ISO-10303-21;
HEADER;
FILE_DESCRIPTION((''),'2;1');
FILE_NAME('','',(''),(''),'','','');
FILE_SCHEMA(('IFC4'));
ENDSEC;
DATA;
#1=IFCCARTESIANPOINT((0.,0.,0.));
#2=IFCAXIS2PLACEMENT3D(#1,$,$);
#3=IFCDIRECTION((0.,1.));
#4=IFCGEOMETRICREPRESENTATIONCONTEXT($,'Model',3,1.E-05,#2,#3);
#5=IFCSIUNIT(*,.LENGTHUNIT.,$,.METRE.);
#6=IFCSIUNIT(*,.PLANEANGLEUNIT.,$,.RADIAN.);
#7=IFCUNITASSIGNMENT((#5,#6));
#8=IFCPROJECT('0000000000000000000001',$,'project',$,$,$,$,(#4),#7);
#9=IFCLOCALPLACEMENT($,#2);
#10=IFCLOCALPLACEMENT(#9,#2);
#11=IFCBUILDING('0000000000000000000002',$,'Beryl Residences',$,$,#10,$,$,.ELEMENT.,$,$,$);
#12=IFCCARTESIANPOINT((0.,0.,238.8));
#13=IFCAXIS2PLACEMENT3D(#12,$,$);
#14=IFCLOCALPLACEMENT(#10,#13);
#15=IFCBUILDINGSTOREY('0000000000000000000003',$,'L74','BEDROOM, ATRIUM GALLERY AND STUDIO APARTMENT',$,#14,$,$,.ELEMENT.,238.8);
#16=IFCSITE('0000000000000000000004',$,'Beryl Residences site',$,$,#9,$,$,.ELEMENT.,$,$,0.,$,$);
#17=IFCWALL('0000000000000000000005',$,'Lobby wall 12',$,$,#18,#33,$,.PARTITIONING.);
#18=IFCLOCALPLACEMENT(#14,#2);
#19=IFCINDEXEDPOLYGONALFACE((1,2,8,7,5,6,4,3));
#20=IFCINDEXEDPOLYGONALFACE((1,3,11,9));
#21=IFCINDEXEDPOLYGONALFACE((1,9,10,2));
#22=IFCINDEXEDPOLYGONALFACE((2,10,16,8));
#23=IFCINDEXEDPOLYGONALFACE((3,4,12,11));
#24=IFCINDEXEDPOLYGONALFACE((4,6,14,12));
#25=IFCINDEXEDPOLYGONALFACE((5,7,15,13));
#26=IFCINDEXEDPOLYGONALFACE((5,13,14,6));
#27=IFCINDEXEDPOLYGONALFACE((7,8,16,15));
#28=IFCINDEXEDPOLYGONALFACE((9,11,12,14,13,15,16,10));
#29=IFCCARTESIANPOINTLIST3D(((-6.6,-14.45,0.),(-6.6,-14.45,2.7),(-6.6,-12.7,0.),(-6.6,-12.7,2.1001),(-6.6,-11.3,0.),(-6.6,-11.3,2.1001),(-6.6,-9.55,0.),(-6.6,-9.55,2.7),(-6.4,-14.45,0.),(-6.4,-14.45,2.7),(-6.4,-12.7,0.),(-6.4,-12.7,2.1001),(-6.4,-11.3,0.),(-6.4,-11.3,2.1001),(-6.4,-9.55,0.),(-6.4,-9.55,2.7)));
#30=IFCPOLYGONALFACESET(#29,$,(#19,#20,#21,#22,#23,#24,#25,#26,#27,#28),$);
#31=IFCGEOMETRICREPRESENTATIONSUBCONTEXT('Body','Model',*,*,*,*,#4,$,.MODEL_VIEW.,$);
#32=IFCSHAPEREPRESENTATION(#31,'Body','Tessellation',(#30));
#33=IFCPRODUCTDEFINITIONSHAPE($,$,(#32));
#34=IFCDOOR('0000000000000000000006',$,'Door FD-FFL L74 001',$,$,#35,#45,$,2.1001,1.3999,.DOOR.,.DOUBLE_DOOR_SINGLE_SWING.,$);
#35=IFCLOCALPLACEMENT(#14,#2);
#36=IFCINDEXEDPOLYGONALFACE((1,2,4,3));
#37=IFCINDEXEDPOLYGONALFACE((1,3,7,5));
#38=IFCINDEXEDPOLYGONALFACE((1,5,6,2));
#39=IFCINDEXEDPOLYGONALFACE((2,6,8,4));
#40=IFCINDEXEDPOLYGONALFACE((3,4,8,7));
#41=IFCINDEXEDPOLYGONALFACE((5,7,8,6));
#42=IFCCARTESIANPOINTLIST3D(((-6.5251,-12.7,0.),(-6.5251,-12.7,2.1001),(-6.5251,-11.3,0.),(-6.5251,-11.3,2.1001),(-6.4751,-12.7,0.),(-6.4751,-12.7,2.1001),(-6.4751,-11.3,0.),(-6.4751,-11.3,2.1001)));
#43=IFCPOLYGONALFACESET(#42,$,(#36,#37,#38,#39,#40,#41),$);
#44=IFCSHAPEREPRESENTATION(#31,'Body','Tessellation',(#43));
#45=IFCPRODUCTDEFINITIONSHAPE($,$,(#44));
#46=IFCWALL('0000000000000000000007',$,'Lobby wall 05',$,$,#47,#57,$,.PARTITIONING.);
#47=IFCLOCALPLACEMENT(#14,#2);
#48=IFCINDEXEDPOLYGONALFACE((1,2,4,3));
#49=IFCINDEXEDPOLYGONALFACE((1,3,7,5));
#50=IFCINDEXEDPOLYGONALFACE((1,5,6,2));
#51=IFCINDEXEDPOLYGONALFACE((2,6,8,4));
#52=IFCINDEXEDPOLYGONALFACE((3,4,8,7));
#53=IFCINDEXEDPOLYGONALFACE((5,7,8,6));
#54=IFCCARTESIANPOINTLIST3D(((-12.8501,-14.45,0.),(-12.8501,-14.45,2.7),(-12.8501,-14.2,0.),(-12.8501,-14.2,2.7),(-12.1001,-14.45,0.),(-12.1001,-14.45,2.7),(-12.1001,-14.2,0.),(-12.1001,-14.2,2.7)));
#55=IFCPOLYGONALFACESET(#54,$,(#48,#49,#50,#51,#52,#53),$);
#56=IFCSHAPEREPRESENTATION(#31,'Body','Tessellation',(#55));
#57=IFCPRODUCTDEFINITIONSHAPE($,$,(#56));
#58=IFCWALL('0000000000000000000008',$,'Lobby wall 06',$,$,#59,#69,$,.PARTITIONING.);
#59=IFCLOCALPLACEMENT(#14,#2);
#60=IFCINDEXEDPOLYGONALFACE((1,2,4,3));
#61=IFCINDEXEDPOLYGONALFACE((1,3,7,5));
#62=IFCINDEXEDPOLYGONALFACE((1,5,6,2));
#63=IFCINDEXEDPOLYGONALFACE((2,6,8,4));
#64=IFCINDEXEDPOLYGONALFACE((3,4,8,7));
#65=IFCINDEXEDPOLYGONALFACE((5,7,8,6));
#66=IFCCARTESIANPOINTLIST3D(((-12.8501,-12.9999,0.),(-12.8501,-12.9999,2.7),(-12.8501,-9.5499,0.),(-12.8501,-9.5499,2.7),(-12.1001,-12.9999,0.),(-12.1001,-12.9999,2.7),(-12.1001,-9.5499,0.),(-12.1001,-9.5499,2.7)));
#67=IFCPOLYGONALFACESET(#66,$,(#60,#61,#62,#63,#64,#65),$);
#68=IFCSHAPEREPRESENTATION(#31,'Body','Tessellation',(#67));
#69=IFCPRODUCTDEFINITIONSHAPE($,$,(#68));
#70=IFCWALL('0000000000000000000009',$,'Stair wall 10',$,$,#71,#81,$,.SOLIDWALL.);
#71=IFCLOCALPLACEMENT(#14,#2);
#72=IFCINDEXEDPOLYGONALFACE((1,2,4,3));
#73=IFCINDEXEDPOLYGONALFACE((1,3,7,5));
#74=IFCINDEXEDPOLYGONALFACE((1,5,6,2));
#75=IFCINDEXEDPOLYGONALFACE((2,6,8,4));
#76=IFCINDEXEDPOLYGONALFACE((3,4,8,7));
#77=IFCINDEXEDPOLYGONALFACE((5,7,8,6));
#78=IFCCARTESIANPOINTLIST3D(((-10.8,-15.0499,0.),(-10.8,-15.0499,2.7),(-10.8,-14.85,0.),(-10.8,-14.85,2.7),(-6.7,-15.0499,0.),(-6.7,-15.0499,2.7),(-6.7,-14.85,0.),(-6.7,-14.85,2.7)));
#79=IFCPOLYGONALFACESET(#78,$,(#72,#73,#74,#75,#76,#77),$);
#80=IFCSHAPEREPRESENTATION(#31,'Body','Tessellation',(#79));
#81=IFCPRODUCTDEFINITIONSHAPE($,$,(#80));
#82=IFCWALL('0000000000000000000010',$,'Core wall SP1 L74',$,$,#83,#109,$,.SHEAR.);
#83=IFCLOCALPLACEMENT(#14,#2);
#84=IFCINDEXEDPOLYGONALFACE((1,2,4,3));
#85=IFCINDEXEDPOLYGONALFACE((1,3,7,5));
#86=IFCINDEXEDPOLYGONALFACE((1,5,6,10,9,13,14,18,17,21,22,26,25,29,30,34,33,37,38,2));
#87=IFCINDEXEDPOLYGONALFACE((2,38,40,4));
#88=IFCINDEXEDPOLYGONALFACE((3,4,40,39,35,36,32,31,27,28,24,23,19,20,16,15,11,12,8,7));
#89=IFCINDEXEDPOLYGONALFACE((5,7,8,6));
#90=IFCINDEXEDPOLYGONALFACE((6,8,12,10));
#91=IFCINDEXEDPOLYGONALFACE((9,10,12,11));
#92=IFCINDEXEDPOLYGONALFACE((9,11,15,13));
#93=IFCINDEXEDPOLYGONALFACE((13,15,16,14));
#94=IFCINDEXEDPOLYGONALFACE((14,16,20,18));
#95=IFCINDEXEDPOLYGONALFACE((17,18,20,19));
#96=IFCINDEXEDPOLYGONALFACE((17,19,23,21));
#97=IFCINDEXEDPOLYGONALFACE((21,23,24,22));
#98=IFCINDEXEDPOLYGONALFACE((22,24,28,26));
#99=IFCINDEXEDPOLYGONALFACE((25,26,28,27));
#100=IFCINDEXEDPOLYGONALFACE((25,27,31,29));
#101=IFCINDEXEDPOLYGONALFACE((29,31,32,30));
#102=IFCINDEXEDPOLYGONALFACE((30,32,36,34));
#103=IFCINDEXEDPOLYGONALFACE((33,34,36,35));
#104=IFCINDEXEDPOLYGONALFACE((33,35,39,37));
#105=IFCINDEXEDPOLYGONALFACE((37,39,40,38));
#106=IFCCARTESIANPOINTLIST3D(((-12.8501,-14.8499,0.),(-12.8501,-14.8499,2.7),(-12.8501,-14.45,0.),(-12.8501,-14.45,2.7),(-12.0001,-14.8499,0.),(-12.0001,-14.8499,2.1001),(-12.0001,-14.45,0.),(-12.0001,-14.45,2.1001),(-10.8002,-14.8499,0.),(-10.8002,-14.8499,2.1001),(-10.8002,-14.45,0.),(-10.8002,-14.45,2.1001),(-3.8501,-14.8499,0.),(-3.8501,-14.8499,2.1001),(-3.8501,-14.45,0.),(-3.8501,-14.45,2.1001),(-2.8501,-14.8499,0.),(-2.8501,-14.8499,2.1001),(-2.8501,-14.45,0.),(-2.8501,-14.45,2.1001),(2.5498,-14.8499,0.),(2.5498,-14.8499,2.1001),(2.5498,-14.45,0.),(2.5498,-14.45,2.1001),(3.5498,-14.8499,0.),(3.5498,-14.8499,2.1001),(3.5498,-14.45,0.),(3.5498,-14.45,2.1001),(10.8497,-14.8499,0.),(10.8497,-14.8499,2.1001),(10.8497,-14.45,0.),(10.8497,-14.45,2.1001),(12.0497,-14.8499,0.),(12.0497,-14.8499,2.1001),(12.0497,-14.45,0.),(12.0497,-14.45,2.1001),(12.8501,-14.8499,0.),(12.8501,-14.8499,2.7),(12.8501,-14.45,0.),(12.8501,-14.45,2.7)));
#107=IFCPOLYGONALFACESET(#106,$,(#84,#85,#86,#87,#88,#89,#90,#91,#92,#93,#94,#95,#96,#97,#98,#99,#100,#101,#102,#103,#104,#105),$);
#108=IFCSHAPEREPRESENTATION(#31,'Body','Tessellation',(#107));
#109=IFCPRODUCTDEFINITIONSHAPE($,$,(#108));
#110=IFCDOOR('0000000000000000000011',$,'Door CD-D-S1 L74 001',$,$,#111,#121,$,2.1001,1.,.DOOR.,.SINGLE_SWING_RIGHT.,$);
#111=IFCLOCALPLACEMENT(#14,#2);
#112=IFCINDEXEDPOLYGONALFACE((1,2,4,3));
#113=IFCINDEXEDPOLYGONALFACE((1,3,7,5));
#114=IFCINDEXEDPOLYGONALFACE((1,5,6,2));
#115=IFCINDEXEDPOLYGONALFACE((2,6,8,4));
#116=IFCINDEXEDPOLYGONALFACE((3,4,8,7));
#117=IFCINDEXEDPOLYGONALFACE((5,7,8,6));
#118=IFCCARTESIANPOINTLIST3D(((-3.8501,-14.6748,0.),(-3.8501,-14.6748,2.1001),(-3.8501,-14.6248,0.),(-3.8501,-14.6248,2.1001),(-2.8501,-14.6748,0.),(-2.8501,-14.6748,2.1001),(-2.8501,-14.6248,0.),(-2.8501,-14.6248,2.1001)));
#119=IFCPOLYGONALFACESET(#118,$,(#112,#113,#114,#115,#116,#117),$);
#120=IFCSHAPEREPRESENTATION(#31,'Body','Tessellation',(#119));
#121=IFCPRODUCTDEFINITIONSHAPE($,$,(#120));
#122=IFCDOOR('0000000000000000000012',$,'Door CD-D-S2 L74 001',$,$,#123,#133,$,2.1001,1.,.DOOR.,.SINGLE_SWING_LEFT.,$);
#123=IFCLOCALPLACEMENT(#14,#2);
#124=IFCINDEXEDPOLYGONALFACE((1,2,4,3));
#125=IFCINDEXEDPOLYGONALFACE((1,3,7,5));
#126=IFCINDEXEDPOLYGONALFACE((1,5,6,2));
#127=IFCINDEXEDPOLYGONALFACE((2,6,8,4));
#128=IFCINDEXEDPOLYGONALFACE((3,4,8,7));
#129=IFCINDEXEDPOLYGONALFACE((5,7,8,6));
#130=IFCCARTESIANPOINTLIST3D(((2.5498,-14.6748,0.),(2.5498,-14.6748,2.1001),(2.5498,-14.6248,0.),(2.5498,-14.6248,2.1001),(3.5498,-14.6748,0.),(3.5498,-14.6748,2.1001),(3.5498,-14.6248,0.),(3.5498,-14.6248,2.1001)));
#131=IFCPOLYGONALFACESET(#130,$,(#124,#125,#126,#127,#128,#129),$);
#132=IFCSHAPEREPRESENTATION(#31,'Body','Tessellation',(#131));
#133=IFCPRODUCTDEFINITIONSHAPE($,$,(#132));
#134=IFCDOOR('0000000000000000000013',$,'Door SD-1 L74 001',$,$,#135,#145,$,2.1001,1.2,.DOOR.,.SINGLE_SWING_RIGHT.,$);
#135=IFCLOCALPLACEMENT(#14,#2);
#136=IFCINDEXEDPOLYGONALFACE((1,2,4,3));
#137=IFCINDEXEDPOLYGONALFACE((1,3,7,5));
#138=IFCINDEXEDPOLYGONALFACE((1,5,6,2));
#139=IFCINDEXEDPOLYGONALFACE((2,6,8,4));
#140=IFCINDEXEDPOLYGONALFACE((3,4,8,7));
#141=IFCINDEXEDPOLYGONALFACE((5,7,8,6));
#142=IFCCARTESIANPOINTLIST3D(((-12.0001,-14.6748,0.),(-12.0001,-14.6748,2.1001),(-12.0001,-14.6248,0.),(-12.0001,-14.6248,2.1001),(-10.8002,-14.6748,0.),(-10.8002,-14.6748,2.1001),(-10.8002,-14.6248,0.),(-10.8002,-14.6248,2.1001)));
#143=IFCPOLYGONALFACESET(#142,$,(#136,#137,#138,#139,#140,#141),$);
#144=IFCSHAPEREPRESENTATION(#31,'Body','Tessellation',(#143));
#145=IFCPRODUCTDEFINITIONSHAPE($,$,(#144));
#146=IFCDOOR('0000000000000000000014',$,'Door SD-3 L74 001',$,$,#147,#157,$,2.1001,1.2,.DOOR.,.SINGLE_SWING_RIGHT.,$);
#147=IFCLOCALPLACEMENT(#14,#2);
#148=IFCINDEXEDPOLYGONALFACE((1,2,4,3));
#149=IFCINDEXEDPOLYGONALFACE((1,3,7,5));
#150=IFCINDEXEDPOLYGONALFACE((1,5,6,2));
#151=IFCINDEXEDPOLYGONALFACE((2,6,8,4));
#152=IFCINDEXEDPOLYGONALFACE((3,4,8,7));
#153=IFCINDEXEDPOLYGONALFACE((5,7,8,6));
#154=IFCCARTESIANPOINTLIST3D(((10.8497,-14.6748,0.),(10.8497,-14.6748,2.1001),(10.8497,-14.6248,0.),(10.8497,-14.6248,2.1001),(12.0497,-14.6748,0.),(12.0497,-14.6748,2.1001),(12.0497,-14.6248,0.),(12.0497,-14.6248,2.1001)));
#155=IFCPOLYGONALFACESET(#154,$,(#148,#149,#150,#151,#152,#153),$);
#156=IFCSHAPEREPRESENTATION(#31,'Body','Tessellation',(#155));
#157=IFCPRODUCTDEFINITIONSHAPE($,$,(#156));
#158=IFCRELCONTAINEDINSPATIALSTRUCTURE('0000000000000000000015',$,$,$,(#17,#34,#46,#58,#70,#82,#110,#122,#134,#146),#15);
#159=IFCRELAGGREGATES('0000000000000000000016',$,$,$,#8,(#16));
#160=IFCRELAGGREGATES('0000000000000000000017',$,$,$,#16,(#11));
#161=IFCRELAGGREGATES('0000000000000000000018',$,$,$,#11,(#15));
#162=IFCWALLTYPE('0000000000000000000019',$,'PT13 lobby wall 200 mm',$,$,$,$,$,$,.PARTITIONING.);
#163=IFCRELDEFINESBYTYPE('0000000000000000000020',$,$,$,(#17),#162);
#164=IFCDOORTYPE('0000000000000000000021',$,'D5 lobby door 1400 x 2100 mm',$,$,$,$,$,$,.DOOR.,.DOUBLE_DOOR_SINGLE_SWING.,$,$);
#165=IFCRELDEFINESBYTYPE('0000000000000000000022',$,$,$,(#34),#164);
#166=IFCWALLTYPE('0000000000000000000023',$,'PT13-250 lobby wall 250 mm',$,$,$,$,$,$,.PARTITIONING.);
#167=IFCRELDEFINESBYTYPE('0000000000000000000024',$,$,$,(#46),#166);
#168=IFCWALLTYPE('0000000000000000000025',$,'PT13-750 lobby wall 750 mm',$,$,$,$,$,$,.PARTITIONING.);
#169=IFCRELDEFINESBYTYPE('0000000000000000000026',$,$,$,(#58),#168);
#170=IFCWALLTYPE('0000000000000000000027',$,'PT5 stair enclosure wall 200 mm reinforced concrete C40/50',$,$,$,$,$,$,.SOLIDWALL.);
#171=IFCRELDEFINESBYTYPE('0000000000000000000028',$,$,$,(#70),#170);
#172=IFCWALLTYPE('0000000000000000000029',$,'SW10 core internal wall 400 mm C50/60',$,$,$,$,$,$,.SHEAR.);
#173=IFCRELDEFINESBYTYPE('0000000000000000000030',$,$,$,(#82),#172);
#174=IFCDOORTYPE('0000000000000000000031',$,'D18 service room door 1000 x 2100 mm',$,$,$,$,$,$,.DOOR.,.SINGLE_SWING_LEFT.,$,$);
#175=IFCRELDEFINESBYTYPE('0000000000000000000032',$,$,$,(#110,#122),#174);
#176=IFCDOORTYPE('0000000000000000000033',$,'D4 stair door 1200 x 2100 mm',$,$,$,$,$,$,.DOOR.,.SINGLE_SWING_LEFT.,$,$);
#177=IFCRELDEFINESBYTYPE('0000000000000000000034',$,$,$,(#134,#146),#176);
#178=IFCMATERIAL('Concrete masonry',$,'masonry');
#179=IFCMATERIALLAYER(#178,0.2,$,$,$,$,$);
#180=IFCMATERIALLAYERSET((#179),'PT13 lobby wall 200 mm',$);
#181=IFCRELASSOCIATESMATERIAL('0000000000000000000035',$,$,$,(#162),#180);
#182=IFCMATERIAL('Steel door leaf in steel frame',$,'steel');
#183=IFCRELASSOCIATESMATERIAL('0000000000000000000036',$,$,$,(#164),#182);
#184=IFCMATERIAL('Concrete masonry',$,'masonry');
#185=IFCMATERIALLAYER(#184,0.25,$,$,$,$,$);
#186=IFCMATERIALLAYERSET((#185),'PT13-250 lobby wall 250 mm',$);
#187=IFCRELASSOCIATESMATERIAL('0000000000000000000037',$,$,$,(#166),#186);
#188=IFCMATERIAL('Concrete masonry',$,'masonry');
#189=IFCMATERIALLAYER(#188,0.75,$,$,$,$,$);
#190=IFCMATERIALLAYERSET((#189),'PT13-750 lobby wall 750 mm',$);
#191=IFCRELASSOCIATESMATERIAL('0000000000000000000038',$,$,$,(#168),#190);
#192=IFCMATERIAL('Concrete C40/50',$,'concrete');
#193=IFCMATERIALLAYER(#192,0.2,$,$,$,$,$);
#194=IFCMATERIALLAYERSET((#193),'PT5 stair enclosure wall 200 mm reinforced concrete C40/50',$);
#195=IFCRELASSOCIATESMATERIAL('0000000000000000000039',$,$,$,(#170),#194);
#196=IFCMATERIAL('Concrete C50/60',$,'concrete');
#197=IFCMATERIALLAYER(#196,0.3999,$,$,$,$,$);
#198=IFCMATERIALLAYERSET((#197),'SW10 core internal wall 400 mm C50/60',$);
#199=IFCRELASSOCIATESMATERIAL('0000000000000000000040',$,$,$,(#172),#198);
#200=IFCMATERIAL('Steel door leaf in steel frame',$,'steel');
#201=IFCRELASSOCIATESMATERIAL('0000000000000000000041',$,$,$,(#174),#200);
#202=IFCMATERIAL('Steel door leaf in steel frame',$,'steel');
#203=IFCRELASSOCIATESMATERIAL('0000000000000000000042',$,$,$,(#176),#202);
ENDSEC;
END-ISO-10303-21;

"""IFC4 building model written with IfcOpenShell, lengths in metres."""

from ifc_helpers import new_model, si_unit, direction, frame, frame_2d, origin, place, context, subcontext, project, spatial, rectangle, extrude, material, layer, layer_set, type_object, element, fill, save


model = new_model("IFC4")

# Units and contexts
model_context = context("Model", 3, precision=1e-05, world=origin(), true_north=direction((0.0, 1.0)))
body_context = subcontext(model_context, "Body", "Model", "MODEL_VIEW")
ifc_project = project(units=[si_unit("LENGTHUNIT", "METRE"), si_unit("PLANEANGLEUNIT", "RADIAN")], contexts=[model_context])

# Site, building, storey
site_placement = place(None, origin())
site = spatial("IfcSite", under=ifc_project, at=site_placement, Name="Beryl Residences site", CompositionType="ELEMENT", RefElevation=0.0)
building_placement = place(site_placement, origin())
building = spatial("IfcBuilding", under=site, at=building_placement, Name="Beryl Residences", CompositionType="ELEMENT")
storey_placement = place(building_placement, frame((0.0, 0.0, 238.8)))
storey = spatial("IfcBuildingStorey", under=building, at=storey_placement, Name="L74", Description="BEDROOM, ATRIUM GALLERY AND STUDIO APARTMENT", CompositionType="ELEMENT", Elevation=238.8)

# Wall, opening, door
ifc_material_1 = material(Name="Concrete masonry", Category="masonry")
ifc_layer_1 = layer(ifc_material_1, 0.2)
ifc_layer_set_1 = layer_set([ifc_layer_1], Name="PT13 lobby wall 200 mm")
wall_type_1 = type_object("IfcWallType", Name="PT13 lobby wall 200 mm", PredefinedType="PARTITIONING", material=ifc_layer_set_1)
wall_1_placement = place(storey_placement, frame((-6.5, -14.45, 0.0), z_axis=(0.0, 0.0, 1.0), x_axis=(0.0, 1.0, 0.0)))
wall_1 = element("IfcWall", 1, at=wall_1_placement, inside=storey, type_object=wall_type_1, Name="Lobby wall 12", PredefinedType="PARTITIONING", context=body_context, shape_type="SweptSolid", body=[
    extrude(rectangle(XDim=4.8999, YDim=0.2, at=frame_2d((2.45, 0.0))), origin(), (0.0, 0.0, 1.0), 2.7),
])
opening_1_placement = place(wall_1_placement, frame((3.1499, 0.0, 0.0), z_axis=(0.0, 0.0, 1.0), x_axis=(-1.0, 0.0, 0.0)))
opening_1 = element("IfcOpeningElement", 2, at=opening_1_placement, cuts=wall_1, PredefinedType="OPENING", context=body_context, shape_type="SweptSolid", body=[
    extrude(rectangle(XDim=1.3999, YDim=2.1001, at=frame_2d((0.7, 1.05))), frame((0.0, 0.1099, 0.0), z_axis=(0.0, -1.0, 0.0), x_axis=(1.0, 0.0, 0.0)), (0.0, 0.0, 1.0), 0.22),
])
ifc_material_2 = material(Name="Steel door leaf in steel frame", Category="steel")
door_type_1 = type_object("IfcDoorType", Name="D5 lobby door 1400 x 2100 mm", OperationType="DOUBLE_DOOR_SINGLE_SWING", PredefinedType="DOOR", material=ifc_material_2)
door_1_placement = place(opening_1_placement, origin())
door_1 = element("IfcDoor", 3, at=door_1_placement, inside=storey, type_object=door_type_1, Name="Door FD-FFL L74 001", OperationType="DOUBLE_DOOR_SINGLE_SWING", OverallHeight=2.1001, OverallWidth=1.3999, PredefinedType="DOOR", context=body_context, shape_type="SweptSolid", body=[
    extrude(rectangle(XDim=1.3999, YDim=2.1001, at=frame_2d((0.7, 1.05))), frame((0.0, 0.0249, 0.0), z_axis=(0.0, -1.0, 0.0), x_axis=(1.0, 0.0, 0.0)), (0.0, 0.0, 1.0), 0.05),
])
fill(opening_1, door_1)

# Walls
ifc_material_3 = material(Name="Concrete masonry", Category="masonry")
ifc_layer_2 = layer(ifc_material_3, 0.25)
ifc_layer_set_2 = layer_set([ifc_layer_2], Name="PT13-250 lobby wall 250 mm")
wall_type_2 = type_object("IfcWallType", Name="PT13-250 lobby wall 250 mm", PredefinedType="PARTITIONING", material=ifc_layer_set_2)
wall_2_placement = place(storey_placement, frame((-12.8501, -14.325, 0.0), z_axis=(0.0, 0.0, 1.0), x_axis=(1.0, 0.0, 0.0)))
element("IfcWall", 4, at=wall_2_placement, inside=storey, type_object=wall_type_2, Name="Lobby wall 05", PredefinedType="PARTITIONING", context=body_context, shape_type="SweptSolid", body=[
    extrude(rectangle(XDim=0.75, YDim=0.25, at=frame_2d((0.375, 0.0))), origin(), (0.0, 0.0, 1.0), 2.7),
])
ifc_material_4 = material(Name="Concrete masonry", Category="masonry")
ifc_layer_3 = layer(ifc_material_4, 0.75)
ifc_layer_set_3 = layer_set([ifc_layer_3], Name="PT13-750 lobby wall 750 mm")
wall_type_3 = type_object("IfcWallType", Name="PT13-750 lobby wall 750 mm", PredefinedType="PARTITIONING", material=ifc_layer_set_3)
wall_3_placement = place(storey_placement, frame((-12.4751, -13.0, 0.0), z_axis=(0.0, 0.0, 1.0), x_axis=(0.0, 1.0, 0.0)))
element("IfcWall", 5, at=wall_3_placement, inside=storey, type_object=wall_type_3, Name="Lobby wall 06", PredefinedType="PARTITIONING", context=body_context, shape_type="SweptSolid", body=[
    extrude(rectangle(XDim=3.45, YDim=0.75, at=frame_2d((1.7251, 0.0))), origin(), (0.0, 0.0, 1.0), 2.7),
])
ifc_material_5 = material(Name="Concrete C40/50", Category="concrete")
ifc_layer_4 = layer(ifc_material_5, 0.2)
ifc_layer_set_4 = layer_set([ifc_layer_4], Name="PT5 stair enclosure wall 200 mm reinforced concrete C40/50")
wall_type_4 = type_object("IfcWallType", Name="PT5 stair enclosure wall 200 mm reinforced concrete C40/50", PredefinedType="SOLIDWALL", material=ifc_layer_set_4)
wall_4_placement = place(storey_placement, frame((-10.8, -14.95, 0.0), z_axis=(0.0, 0.0, 1.0), x_axis=(1.0, 0.0, 0.0)))
element("IfcWall", 6, at=wall_4_placement, inside=storey, type_object=wall_type_4, Name="Stair wall 10", PredefinedType="SOLIDWALL", context=body_context, shape_type="SweptSolid", body=[
    extrude(rectangle(XDim=4.1001, YDim=0.2, at=frame_2d((2.05, 0.0))), origin(), (0.0, 0.0, 1.0), 2.7),
])

# Wall, openings, doors
ifc_material_6 = material(Name="Concrete C50/60", Category="concrete")
ifc_layer_5 = layer(ifc_material_6, 0.3999)
ifc_layer_set_5 = layer_set([ifc_layer_5], Name="SW10 core internal wall 400 mm C50/60")
wall_type_5 = type_object("IfcWallType", Name="SW10 core internal wall 400 mm C50/60", PredefinedType="SHEAR", material=ifc_layer_set_5)
wall_5_placement = place(storey_placement, frame((-12.8501, -14.6499, 0.0), z_axis=(0.0, 0.0, 1.0), x_axis=(1.0, 0.0, 0.0)))
wall_5 = element("IfcWall", 7, at=wall_5_placement, inside=storey, type_object=wall_type_5, Name="Core wall SP1 L74", PredefinedType="SHEAR", context=body_context, shape_type="SweptSolid", body=[
    extrude(rectangle(XDim=25.7002, YDim=0.3999, at=frame_2d((12.8501, 0.0))), origin(), (0.0, 0.0, 1.0), 2.7),
])
opening_2_placement = place(wall_5_placement, frame((2.05, 0.0, 0.0), z_axis=(0.0, 0.0, 1.0), x_axis=(-1.0, 0.0, 0.0)))
opening_2 = element("IfcOpeningElement", 8, at=opening_2_placement, cuts=wall_5, PredefinedType="OPENING", context=body_context, shape_type="SweptSolid", body=[
    extrude(rectangle(XDim=1.2, YDim=2.1001, at=frame_2d((0.6001, 1.05))), frame((0.0, 0.21, 0.0), z_axis=(0.0, -1.0, 0.0), x_axis=(1.0, 0.0, 0.0)), (0.0, 0.0, 1.0), 0.4199),
])
opening_3_placement = place(wall_5_placement, frame((24.8999, 0.0, 0.0), z_axis=(0.0, 0.0, 1.0), x_axis=(-1.0, 0.0, 0.0)))
opening_3 = element("IfcOpeningElement", 9, at=opening_3_placement, cuts=wall_5, PredefinedType="OPENING", context=body_context, shape_type="SweptSolid", body=[
    extrude(rectangle(XDim=1.2, YDim=2.1001, at=frame_2d((0.6001, 1.05))), frame((0.0, 0.21, 0.0), z_axis=(0.0, -1.0, 0.0), x_axis=(1.0, 0.0, 0.0)), (0.0, 0.0, 1.0), 0.4199),
])
opening_4_placement = place(wall_5_placement, frame((10.0, 0.0, 0.0), z_axis=(0.0, 0.0, 1.0), x_axis=(-1.0, 0.0, 0.0)))
opening_4 = element("IfcOpeningElement", 10, at=opening_4_placement, cuts=wall_5, PredefinedType="OPENING", context=body_context, shape_type="SweptSolid", body=[
    extrude(rectangle(XDim=1.0, YDim=2.1001, at=frame_2d((0.5, 1.05))), frame((0.0, 0.21, 0.0), z_axis=(0.0, -1.0, 0.0), x_axis=(1.0, 0.0, 0.0)), (0.0, 0.0, 1.0), 0.4199),
])
opening_5_placement = place(wall_5_placement, frame((16.3999, 0.0, 0.0), z_axis=(0.0, 0.0, 1.0), x_axis=(-1.0, 0.0, 0.0)))
opening_5 = element("IfcOpeningElement", 11, at=opening_5_placement, cuts=wall_5, PredefinedType="OPENING", context=body_context, shape_type="SweptSolid", body=[
    extrude(rectangle(XDim=1.0, YDim=2.1001, at=frame_2d((0.5, 1.05))), frame((0.0, 0.21, 0.0), z_axis=(0.0, -1.0, 0.0), x_axis=(1.0, 0.0, 0.0)), (0.0, 0.0, 1.0), 0.4199),
])
ifc_material_7 = material(Name="Steel door leaf in steel frame", Category="steel")
door_type_2 = type_object("IfcDoorType", Name="D18 service room door 1000 x 2100 mm", OperationType="SINGLE_SWING_LEFT", PredefinedType="DOOR", material=ifc_material_7)
door_2_placement = place(opening_4_placement, origin())
door_2 = element("IfcDoor", 12, at=door_2_placement, inside=storey, type_object=door_type_2, Name="Door CD-D-S1 L74 001", OperationType="SINGLE_SWING_RIGHT", OverallHeight=2.1001, OverallWidth=1.0, PredefinedType="DOOR", context=body_context, shape_type="SweptSolid", body=[
    extrude(rectangle(XDim=1.0, YDim=2.1001, at=frame_2d((0.5, 1.05))), frame((0.0, 0.0249, 0.0), z_axis=(0.0, -1.0, 0.0), x_axis=(1.0, 0.0, 0.0)), (0.0, 0.0, 1.0), 0.05),
])
fill(opening_4, door_2)
door_3_placement = place(opening_5_placement, origin())
door_3 = element("IfcDoor", 13, at=door_3_placement, inside=storey, type_object=door_type_2, Name="Door CD-D-S2 L74 001", OperationType="SINGLE_SWING_LEFT", OverallHeight=2.1001, OverallWidth=1.0, PredefinedType="DOOR", context=body_context, shape_type="SweptSolid", body=[
    extrude(rectangle(XDim=1.0, YDim=2.1001, at=frame_2d((0.5, 1.05))), frame((0.0, 0.0249, 0.0), z_axis=(0.0, -1.0, 0.0), x_axis=(1.0, 0.0, 0.0)), (0.0, 0.0, 1.0), 0.05),
])
fill(opening_5, door_3)
ifc_material_8 = material(Name="Steel door leaf in steel frame", Category="steel")
door_type_3 = type_object("IfcDoorType", Name="D4 stair door 1200 x 2100 mm", OperationType="SINGLE_SWING_LEFT", PredefinedType="DOOR", material=ifc_material_8)
door_4_placement = place(opening_2_placement, origin())
door_4 = element("IfcDoor", 14, at=door_4_placement, inside=storey, type_object=door_type_3, Name="Door SD-1 L74 001", OperationType="SINGLE_SWING_RIGHT", OverallHeight=2.1001, OverallWidth=1.2, PredefinedType="DOOR", context=body_context, shape_type="SweptSolid", body=[
    extrude(rectangle(XDim=1.2, YDim=2.1001, at=frame_2d((0.6001, 1.05))), frame((0.0, 0.0249, 0.0), z_axis=(0.0, -1.0, 0.0), x_axis=(1.0, 0.0, 0.0)), (0.0, 0.0, 1.0), 0.05),
])
fill(opening_2, door_4)
door_5_placement = place(opening_3_placement, origin())
door_5 = element("IfcDoor", 15, at=door_5_placement, inside=storey, type_object=door_type_3, Name="Door SD-3 L74 001", OperationType="SINGLE_SWING_RIGHT", OverallHeight=2.1001, OverallWidth=1.2, PredefinedType="DOOR", context=body_context, shape_type="SweptSolid", body=[
    extrude(rectangle(XDim=1.2, YDim=2.1001, at=frame_2d((0.6001, 1.05))), frame((0.0, 0.0249, 0.0), z_axis=(0.0, -1.0, 0.0), x_axis=(1.0, 0.0, 0.0)), (0.0, 0.0, 1.0), 0.05),
])
fill(opening_3, door_5)

save(model, "model.ifc")
